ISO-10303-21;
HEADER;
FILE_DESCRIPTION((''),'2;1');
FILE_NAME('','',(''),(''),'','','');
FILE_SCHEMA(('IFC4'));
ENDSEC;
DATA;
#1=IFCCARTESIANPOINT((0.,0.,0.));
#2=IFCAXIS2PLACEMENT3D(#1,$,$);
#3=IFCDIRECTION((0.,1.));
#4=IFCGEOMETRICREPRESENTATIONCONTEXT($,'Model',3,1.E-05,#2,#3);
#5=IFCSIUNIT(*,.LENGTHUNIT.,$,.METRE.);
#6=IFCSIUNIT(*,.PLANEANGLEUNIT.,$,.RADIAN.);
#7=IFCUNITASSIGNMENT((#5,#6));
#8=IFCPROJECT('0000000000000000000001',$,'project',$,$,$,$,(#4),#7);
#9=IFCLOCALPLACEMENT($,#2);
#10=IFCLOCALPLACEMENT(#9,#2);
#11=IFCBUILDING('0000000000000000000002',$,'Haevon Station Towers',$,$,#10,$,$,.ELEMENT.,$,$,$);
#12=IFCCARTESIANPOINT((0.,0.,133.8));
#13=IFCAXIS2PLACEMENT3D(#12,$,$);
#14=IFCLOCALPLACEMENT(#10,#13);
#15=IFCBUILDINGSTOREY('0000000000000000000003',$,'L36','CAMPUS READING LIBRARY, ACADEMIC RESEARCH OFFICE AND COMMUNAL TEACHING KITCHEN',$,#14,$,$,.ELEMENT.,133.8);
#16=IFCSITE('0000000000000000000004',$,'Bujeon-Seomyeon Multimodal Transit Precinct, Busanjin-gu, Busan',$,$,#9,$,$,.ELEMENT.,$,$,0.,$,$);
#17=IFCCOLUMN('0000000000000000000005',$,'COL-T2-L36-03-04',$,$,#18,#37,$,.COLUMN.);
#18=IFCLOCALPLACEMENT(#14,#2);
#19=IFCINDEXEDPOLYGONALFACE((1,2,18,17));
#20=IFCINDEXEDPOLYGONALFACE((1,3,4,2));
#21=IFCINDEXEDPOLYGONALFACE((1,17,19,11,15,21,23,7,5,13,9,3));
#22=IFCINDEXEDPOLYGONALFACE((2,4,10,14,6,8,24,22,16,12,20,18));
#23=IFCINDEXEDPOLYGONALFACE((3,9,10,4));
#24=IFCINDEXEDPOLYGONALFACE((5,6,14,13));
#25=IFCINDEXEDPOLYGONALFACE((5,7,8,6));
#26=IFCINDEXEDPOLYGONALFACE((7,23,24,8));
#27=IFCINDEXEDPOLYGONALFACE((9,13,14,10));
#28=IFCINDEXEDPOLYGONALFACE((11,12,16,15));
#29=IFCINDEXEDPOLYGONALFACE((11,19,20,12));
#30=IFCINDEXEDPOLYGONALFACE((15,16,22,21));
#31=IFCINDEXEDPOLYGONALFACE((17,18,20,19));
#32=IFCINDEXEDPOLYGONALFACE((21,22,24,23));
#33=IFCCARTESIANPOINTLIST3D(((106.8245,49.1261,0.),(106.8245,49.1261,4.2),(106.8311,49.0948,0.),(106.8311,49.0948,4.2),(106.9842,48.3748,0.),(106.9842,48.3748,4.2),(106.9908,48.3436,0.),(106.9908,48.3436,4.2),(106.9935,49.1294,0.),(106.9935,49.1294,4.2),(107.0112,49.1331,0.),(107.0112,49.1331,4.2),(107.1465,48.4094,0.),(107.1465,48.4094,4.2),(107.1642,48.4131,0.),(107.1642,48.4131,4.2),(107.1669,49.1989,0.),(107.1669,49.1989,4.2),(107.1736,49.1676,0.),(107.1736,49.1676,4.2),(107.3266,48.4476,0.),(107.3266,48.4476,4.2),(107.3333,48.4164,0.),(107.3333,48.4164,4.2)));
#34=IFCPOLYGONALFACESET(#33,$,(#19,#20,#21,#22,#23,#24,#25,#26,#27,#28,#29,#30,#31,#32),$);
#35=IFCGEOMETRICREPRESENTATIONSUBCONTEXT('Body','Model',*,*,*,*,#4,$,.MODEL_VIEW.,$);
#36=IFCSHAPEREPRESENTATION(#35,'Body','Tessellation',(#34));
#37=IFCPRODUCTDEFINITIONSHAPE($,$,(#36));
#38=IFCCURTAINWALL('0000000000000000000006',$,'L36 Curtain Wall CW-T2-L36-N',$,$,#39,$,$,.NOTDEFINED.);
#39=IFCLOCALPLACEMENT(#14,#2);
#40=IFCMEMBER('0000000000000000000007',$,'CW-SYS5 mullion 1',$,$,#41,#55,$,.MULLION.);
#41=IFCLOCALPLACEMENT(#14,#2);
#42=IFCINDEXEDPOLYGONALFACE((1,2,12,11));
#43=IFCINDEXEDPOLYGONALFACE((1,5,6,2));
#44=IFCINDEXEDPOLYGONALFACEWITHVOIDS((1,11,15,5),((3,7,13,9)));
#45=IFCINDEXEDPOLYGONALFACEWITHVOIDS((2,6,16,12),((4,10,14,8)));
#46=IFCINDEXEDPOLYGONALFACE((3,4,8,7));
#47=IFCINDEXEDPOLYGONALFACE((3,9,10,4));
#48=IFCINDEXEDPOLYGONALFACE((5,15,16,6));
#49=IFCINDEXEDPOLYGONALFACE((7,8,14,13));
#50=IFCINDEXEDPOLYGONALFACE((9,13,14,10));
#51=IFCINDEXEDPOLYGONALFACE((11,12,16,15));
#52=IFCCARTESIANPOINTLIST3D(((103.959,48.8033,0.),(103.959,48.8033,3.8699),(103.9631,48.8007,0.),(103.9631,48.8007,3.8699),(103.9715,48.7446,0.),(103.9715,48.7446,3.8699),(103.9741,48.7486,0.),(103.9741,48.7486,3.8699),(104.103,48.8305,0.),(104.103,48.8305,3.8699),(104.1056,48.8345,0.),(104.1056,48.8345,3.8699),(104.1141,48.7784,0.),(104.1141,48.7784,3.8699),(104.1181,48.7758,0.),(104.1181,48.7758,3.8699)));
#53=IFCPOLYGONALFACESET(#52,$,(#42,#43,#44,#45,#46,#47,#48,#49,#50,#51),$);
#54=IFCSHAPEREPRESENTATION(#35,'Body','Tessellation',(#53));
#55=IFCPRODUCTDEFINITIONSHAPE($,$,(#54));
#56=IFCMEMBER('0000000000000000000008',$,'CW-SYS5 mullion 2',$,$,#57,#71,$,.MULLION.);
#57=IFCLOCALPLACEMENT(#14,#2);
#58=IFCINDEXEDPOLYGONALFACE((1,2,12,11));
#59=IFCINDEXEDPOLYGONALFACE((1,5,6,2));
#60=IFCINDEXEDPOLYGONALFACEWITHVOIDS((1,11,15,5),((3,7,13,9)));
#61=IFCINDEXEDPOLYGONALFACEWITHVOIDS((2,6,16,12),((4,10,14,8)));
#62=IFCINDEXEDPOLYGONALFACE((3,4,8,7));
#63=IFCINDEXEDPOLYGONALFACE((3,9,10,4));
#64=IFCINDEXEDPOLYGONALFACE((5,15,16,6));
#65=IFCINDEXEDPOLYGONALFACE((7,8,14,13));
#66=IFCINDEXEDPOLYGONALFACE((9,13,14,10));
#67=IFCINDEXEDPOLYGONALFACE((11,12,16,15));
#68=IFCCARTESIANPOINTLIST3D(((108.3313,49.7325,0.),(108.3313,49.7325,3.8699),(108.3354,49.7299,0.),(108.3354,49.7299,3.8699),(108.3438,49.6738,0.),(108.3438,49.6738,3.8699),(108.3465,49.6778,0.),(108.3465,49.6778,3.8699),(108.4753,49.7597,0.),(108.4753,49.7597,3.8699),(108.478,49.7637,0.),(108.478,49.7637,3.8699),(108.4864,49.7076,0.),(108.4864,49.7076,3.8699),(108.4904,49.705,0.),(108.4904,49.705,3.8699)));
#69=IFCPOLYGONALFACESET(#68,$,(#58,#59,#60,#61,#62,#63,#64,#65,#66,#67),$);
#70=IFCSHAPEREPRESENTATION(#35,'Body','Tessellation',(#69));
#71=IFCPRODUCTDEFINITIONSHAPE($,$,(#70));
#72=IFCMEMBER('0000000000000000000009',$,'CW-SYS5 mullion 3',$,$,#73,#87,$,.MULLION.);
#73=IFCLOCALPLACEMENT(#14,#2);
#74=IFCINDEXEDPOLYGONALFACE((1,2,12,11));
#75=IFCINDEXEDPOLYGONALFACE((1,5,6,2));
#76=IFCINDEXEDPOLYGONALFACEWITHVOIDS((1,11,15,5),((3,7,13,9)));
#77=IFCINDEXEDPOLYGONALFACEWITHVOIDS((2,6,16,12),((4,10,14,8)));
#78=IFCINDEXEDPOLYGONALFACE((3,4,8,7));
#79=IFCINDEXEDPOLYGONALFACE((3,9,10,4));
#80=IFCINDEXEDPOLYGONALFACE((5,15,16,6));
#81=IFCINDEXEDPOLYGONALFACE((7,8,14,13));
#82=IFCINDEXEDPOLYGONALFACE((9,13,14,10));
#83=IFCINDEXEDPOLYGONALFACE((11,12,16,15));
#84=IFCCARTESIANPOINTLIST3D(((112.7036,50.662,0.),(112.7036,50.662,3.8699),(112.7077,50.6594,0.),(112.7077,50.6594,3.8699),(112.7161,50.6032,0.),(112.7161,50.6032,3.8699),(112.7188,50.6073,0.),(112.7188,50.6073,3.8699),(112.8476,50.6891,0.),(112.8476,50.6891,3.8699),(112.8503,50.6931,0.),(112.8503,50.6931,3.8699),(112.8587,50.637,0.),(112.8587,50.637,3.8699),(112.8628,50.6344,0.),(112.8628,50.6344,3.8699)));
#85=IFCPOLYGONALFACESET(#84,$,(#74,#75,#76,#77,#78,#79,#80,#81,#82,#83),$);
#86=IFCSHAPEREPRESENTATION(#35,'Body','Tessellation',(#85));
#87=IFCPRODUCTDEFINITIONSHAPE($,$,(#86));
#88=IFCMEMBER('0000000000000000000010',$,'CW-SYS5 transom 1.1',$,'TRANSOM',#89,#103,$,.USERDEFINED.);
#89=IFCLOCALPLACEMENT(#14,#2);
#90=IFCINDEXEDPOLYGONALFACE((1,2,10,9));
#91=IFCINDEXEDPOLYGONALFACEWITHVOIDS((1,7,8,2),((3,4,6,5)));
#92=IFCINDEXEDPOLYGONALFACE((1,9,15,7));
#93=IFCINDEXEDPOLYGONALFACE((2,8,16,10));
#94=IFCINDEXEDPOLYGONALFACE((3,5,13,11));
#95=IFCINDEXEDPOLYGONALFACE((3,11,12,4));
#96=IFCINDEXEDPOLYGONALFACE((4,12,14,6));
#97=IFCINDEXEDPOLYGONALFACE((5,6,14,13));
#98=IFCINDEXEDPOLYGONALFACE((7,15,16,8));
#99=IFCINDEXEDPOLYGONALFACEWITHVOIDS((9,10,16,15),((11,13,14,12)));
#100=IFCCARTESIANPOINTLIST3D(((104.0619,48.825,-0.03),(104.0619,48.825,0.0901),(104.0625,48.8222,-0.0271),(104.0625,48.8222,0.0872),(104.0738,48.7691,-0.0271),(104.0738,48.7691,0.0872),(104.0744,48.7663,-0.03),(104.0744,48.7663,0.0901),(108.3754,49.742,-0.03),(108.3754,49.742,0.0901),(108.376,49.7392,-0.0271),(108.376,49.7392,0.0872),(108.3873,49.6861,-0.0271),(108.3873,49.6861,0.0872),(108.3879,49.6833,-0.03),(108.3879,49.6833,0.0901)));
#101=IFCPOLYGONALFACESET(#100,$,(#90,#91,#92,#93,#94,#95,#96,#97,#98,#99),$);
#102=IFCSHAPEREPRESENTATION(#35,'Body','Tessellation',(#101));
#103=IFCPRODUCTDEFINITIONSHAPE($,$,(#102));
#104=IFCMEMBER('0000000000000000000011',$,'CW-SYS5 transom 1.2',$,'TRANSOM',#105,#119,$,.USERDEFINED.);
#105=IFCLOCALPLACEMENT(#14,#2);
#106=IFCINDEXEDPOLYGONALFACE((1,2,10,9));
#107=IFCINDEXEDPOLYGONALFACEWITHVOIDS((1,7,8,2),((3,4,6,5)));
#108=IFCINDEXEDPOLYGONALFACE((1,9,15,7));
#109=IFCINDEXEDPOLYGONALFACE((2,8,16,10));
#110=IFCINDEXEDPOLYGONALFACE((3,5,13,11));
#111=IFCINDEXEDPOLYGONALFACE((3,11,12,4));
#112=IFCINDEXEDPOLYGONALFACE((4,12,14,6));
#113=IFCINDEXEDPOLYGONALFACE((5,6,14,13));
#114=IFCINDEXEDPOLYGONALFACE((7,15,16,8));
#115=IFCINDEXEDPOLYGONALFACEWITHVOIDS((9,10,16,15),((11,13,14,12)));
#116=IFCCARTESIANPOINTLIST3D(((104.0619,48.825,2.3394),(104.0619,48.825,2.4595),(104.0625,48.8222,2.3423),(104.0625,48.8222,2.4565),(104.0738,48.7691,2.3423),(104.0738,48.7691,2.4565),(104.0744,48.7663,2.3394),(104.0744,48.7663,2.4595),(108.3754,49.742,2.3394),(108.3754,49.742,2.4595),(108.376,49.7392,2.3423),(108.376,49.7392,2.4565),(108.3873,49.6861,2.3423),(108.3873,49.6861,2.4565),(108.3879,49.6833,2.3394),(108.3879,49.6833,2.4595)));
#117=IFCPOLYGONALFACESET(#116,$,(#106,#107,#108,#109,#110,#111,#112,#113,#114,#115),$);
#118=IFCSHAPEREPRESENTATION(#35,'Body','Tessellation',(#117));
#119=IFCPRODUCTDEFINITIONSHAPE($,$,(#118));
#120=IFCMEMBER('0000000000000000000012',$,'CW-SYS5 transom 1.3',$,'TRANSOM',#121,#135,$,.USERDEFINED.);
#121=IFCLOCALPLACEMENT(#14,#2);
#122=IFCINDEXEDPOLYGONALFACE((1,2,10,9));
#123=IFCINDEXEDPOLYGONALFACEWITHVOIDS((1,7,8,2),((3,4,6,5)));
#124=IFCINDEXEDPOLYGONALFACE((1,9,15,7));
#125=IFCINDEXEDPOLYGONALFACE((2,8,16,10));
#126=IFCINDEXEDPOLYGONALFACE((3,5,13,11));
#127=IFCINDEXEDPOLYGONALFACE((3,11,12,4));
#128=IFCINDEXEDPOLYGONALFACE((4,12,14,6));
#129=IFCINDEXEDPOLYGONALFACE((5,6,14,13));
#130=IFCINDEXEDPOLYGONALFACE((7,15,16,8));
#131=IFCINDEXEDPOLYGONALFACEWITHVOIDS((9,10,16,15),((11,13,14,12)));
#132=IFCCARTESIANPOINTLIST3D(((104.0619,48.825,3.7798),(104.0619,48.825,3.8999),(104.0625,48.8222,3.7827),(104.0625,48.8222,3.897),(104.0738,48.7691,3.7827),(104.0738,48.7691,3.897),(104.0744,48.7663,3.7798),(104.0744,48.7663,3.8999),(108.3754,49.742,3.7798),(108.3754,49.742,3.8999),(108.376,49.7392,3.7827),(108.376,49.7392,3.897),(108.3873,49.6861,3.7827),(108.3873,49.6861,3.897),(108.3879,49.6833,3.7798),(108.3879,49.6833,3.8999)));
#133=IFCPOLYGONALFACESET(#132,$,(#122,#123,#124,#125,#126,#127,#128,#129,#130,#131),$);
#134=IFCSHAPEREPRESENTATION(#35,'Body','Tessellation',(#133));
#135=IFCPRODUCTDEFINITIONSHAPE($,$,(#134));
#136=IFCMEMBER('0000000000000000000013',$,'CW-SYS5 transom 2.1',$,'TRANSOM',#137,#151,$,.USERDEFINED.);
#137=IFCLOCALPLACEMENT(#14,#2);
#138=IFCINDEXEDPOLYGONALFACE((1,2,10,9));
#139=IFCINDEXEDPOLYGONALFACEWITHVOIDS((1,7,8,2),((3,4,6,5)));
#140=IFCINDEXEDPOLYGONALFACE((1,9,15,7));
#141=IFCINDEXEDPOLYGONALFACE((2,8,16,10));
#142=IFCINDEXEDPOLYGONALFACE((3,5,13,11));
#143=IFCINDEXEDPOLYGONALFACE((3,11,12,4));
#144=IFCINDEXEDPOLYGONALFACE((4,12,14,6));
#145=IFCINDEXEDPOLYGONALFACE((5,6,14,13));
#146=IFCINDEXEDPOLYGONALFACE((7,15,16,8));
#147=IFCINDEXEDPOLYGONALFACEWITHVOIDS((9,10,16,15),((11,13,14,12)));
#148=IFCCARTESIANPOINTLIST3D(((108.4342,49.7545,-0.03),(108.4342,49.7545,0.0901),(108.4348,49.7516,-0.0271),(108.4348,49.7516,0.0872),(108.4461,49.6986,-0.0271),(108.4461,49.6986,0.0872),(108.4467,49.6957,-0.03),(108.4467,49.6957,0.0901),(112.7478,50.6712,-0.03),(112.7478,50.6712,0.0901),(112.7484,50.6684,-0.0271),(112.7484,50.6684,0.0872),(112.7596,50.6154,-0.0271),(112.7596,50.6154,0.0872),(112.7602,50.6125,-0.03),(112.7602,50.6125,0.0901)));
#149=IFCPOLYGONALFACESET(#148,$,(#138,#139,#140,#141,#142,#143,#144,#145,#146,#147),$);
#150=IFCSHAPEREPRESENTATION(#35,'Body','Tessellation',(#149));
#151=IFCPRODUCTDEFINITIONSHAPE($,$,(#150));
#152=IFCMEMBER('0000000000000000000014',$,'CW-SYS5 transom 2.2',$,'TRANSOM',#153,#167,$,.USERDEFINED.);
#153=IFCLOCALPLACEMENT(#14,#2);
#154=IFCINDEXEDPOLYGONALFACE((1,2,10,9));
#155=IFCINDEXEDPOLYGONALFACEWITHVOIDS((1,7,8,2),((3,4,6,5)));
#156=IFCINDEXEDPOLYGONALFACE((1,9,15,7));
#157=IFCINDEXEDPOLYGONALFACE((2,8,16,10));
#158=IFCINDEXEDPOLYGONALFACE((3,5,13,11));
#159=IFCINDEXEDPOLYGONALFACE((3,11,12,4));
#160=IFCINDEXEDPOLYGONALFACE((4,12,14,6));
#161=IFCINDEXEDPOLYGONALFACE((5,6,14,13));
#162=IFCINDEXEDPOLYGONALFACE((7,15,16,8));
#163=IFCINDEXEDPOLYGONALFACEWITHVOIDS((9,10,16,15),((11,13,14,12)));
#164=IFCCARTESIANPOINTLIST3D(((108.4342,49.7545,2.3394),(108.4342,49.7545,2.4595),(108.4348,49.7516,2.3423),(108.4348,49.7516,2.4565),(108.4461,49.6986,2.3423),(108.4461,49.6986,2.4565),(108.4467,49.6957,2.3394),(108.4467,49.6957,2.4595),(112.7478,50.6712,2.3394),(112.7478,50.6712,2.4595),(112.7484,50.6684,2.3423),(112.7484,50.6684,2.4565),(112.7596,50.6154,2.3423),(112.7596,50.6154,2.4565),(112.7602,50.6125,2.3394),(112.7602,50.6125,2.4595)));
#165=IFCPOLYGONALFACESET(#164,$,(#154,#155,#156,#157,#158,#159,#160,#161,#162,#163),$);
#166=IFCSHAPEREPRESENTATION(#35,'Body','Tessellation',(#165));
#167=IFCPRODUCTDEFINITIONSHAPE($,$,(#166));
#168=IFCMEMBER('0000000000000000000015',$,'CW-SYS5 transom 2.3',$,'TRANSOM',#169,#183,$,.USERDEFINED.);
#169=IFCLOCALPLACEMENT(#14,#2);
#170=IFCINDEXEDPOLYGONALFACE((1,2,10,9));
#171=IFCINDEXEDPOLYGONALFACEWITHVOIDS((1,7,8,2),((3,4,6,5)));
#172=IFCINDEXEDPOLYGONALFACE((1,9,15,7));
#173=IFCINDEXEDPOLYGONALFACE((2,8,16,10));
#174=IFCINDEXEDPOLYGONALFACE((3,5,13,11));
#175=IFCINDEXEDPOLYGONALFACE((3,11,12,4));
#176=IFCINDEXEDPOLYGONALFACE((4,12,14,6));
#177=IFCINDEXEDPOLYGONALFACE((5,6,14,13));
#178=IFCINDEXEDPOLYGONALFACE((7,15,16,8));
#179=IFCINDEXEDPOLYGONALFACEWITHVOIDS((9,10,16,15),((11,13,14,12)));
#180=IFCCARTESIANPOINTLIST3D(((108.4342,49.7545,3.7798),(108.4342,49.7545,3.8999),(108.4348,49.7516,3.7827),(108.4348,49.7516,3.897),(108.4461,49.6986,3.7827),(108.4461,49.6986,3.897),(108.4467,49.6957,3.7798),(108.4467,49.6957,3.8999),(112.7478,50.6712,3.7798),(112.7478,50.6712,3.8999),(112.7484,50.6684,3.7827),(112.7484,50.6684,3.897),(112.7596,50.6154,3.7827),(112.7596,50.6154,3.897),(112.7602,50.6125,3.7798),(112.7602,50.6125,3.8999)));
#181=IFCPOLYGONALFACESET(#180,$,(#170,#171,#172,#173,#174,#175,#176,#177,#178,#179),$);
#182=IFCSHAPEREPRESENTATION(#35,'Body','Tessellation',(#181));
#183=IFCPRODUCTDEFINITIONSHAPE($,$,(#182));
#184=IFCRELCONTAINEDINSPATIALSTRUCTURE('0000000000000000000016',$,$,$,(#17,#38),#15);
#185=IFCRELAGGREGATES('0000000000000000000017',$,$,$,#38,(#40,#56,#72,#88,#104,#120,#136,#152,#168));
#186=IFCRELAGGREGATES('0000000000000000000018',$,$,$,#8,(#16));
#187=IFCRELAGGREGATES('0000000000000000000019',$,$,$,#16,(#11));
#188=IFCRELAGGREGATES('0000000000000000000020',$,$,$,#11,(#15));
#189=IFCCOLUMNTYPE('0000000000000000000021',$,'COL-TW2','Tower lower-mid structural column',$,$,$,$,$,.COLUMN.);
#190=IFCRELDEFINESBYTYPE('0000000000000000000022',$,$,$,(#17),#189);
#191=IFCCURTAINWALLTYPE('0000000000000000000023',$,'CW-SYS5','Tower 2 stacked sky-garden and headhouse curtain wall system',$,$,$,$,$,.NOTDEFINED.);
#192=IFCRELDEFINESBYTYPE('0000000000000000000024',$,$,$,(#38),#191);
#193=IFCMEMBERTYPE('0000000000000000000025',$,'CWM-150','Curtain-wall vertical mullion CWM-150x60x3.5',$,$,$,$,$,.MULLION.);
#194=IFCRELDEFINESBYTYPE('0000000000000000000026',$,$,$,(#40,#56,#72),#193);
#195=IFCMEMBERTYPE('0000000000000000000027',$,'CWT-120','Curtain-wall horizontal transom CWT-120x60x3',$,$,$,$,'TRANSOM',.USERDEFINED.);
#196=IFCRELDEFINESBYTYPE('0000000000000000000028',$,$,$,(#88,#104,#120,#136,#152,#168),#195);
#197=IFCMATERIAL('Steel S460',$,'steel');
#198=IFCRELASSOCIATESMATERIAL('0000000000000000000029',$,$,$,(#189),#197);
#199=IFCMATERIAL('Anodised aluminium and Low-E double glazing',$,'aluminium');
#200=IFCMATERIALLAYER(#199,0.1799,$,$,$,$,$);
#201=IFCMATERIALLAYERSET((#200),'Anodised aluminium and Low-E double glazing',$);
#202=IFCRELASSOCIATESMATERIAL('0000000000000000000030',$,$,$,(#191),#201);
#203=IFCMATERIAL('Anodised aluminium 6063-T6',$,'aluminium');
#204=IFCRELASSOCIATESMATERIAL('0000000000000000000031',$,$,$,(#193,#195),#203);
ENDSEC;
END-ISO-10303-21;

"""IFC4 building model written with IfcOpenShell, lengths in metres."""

from ifc_helpers import new_model, si_unit, direction, frame, origin, origin_2d, place, context, subcontext, project, spatial, hollow_rectangle, i_section, extrude, material, layer, layer_set, material_profile, profile_set, type_object, element, aggregate, save


model = new_model("IFC4")

# Units and contexts
model_context = context("Model", 3, precision=1e-05, world=origin(), true_north=direction((0.0, 1.0)))
body_context = subcontext(model_context, "Body", "Model", "MODEL_VIEW")
ifc_project = project(units=[si_unit("LENGTHUNIT", "METRE"), si_unit("PLANEANGLEUNIT", "RADIAN")], contexts=[model_context])

# Site, building, storey
site_placement = place(None, origin())
site = spatial("IfcSite", under=ifc_project, at=site_placement, Name="Bujeon-Seomyeon Multimodal Transit Precinct, Busanjin-gu, Busan", CompositionType="ELEMENT", RefElevation=0.0)
building_placement = place(site_placement, origin())
building = spatial("IfcBuilding", under=site, at=building_placement, Name="Haevon Station Towers", CompositionType="ELEMENT")
storey_placement = place(building_placement, frame((0.0, 0.0, 133.8)))
storey = spatial("IfcBuildingStorey", under=building, at=storey_placement, Name="L36", Description="CAMPUS READING LIBRARY, ACADEMIC RESEARCH OFFICE AND COMMUNAL TEACHING KITCHEN", CompositionType="ELEMENT", Elevation=133.8)

# Column
ifc_material_1 = material(Name="Steel S460", Category="steel")
ifc_material_profile_1 = material_profile(ifc_material_1, i_section(OverallWidth=0.3501, OverallDepth=0.8, WebThickness=0.0181, FlangeThickness=0.032, at=origin_2d()), Name="H-800x350x18x32")
ifc_profile_set_1 = profile_set([ifc_material_profile_1], Name="Steel S460")
column_type = type_object("IfcColumnType", Name="COL-TW2", Description="Tower lower-mid structural column", PredefinedType="COLUMN", material=ifc_profile_set_1)
column_placement = place(storey_placement, frame((107.0789, 48.7712, 0.0), z_axis=(0.0, 0.0, 1.0), x_axis=(0.978148, 0.207912, 0.0)))
element("IfcColumn", 1, at=column_placement, inside=storey, type_object=column_type, Name="COL-T2-L36-03-04", PredefinedType="COLUMN", context=body_context, shape_type="SweptSolid", body=[
    extrude(i_section(OverallWidth=0.3501, OverallDepth=0.8, WebThickness=0.0181, FlangeThickness=0.032, at=origin_2d()), origin(), (0.0, 0.0, 1.0), 4.2),
])

# Curtain wall, members
ifc_material_2 = material(Name="Anodised aluminium and Low-E double glazing", Category="aluminium")
ifc_layer_1 = layer(ifc_material_2, 0.1799)
ifc_layer_set_1 = layer_set([ifc_layer_1], Name="Anodised aluminium and Low-E double glazing")
curtain_wall_type = type_object("IfcCurtainWallType", Name="CW-SYS5", Description="Tower 2 stacked sky-garden and headhouse curtain wall system", PredefinedType="NOTDEFINED", material=ifc_layer_set_1)
curtain_wall_placement = place(storey_placement, origin())
curtain_wall = element("IfcCurtainWall", 2, at=curtain_wall_placement, inside=storey, type_object=curtain_wall_type, Name="L36 Curtain Wall CW-T2-L36-N", PredefinedType="NOTDEFINED")
ifc_material_3 = material(Name="Anodised aluminium 6063-T6", Category="aluminium")
ifc_material_profile_2 = material_profile(ifc_material_3, hollow_rectangle(XDim=0.0601, YDim=0.1499, WallThickness=0.0034, at=origin_2d()), Name="CWM-150x60x3.5")
ifc_profile_set_2 = profile_set([ifc_material_profile_2], Name="Anodised aluminium 6063-T6")
member_type_1 = type_object("IfcMemberType", Name="CWM-150", Description="Curtain-wall vertical mullion CWM-150x60x3.5", PredefinedType="MULLION", material=ifc_profile_set_2)
member_1_placement = place(storey_placement, frame((104.0386, 48.7896, 0.0), z_axis=(0.0, 0.0, 1.0), x_axis=(-0.207912, 0.978148, 0.0)))
member_1 = element("IfcMember", 3, at=member_1_placement, type_object=member_type_1, Name="CW-SYS5 mullion 1", PredefinedType="MULLION", context=body_context, shape_type="SweptSolid", body=[
    extrude(hollow_rectangle(XDim=0.0601, YDim=0.1499, WallThickness=0.0034, at=origin_2d()), origin(), (0.0, 0.0, 1.0), 3.8699),
])
member_2_placement = place(storey_placement, frame((108.4109, 49.7188, 0.0), z_axis=(0.0, 0.0, 1.0), x_axis=(-0.207912, 0.978148, 0.0)))
member_2 = element("IfcMember", 4, at=member_2_placement, type_object=member_type_1, Name="CW-SYS5 mullion 2", PredefinedType="MULLION", context=body_context, shape_type="SweptSolid", body=[
    extrude(hollow_rectangle(XDim=0.0601, YDim=0.1499, WallThickness=0.0034, at=origin_2d()), origin(), (0.0, 0.0, 1.0), 3.8699),
])
member_3_placement = place(storey_placement, frame((112.7832, 50.6482, 0.0), z_axis=(0.0, 0.0, 1.0), x_axis=(-0.207912, 0.978148, 0.0)))
member_3 = element("IfcMember", 5, at=member_3_placement, type_object=member_type_1, Name="CW-SYS5 mullion 3", PredefinedType="MULLION", context=body_context, shape_type="SweptSolid", body=[
    extrude(hollow_rectangle(XDim=0.0601, YDim=0.1499, WallThickness=0.0034, at=origin_2d()), origin(), (0.0, 0.0, 1.0), 3.8699),
])
ifc_material_profile_3 = material_profile(ifc_material_3, hollow_rectangle(XDim=0.0601, YDim=0.1201, WallThickness=0.0029, at=origin_2d()), Name="CWT-120x60x3")
ifc_profile_set_3 = profile_set([ifc_material_profile_3], Name="Anodised aluminium 6063-T6")
member_type_2 = type_object("IfcMemberType", Name="CWT-120", Description="Curtain-wall horizontal transom CWT-120x60x3", ElementType="TRANSOM", PredefinedType="USERDEFINED", material=ifc_profile_set_3)
member_4_placement = place(storey_placement, frame((104.0681, 48.7957, 0.03), z_axis=(0.978141, 0.207941, 0.0), x_axis=(-0.207941, 0.978141, 0.0)))
member_4 = element("IfcMember", 6, at=member_4_placement, type_object=member_type_2, Name="CW-SYS5 transom 1.1", ObjectType="TRANSOM", PredefinedType="USERDEFINED", context=body_context, shape_type="SweptSolid", body=[
    extrude(hollow_rectangle(XDim=0.0601, YDim=0.1201, WallThickness=0.0029, at=origin_2d()), origin(), (0.0, 0.0, 1.0), 4.4099),
])
member_5_placement = place(storey_placement, frame((104.0681, 48.7957, 2.3994), z_axis=(0.978141, 0.207941, 0.0), x_axis=(-0.207941, 0.978141, 0.0)))
member_5 = element("IfcMember", 7, at=member_5_placement, type_object=member_type_2, Name="CW-SYS5 transom 1.2", ObjectType="TRANSOM", PredefinedType="USERDEFINED", context=body_context, shape_type="SweptSolid", body=[
    extrude(hollow_rectangle(XDim=0.0601, YDim=0.1201, WallThickness=0.0029, at=origin_2d()), origin(), (0.0, 0.0, 1.0), 4.4099),
])
member_6_placement = place(storey_placement, frame((104.0681, 48.7957, 3.8398), z_axis=(0.978141, 0.207941, 0.0), x_axis=(-0.207941, 0.978141, 0.0)))
member_6 = element("IfcMember", 8, at=member_6_placement, type_object=member_type_2, Name="CW-SYS5 transom 1.3", ObjectType="TRANSOM", PredefinedType="USERDEFINED", context=body_context, shape_type="SweptSolid", body=[
    extrude(hollow_rectangle(XDim=0.0601, YDim=0.1201, WallThickness=0.0029, at=origin_2d()), origin(), (0.0, 0.0, 1.0), 4.4099),
])
member_7_placement = place(storey_placement, frame((108.4404, 49.7251, 0.03), z_axis=(0.978153, 0.207888, 0.0), x_axis=(-0.207888, 0.978153, 0.0)))
member_7 = element("IfcMember", 9, at=member_7_placement, type_object=member_type_2, Name="CW-SYS5 transom 2.1", ObjectType="TRANSOM", PredefinedType="USERDEFINED", context=body_context, shape_type="SweptSolid", body=[
    extrude(hollow_rectangle(XDim=0.0601, YDim=0.1201, WallThickness=0.0029, at=origin_2d()), origin(), (0.0, 0.0, 1.0), 4.4099),
])
member_8_placement = place(storey_placement, frame((108.4404, 49.7251, 2.3994), z_axis=(0.978153, 0.207888, 0.0), x_axis=(-0.207888, 0.978153, 0.0)))
member_8 = element("IfcMember", 10, at=member_8_placement, type_object=member_type_2, Name="CW-SYS5 transom 2.2", ObjectType="TRANSOM", PredefinedType="USERDEFINED", context=body_context, shape_type="SweptSolid", body=[
    extrude(hollow_rectangle(XDim=0.0601, YDim=0.1201, WallThickness=0.0029, at=origin_2d()), origin(), (0.0, 0.0, 1.0), 4.4099),
])
member_9_placement = place(storey_placement, frame((108.4404, 49.7251, 3.8398), z_axis=(0.978153, 0.207888, 0.0), x_axis=(-0.207888, 0.978153, 0.0)))
member_9 = element("IfcMember", 11, at=member_9_placement, type_object=member_type_2, Name="CW-SYS5 transom 2.3", ObjectType="TRANSOM", PredefinedType="USERDEFINED", context=body_context, shape_type="SweptSolid", body=[
    extrude(hollow_rectangle(XDim=0.0601, YDim=0.1201, WallThickness=0.0029, at=origin_2d()), origin(), (0.0, 0.0, 1.0), 4.4099),
])
aggregate(curtain_wall, [member_1, member_2, member_3, member_4, member_5, member_6, member_7, member_8, member_9])

save(model, "model.ifc")
